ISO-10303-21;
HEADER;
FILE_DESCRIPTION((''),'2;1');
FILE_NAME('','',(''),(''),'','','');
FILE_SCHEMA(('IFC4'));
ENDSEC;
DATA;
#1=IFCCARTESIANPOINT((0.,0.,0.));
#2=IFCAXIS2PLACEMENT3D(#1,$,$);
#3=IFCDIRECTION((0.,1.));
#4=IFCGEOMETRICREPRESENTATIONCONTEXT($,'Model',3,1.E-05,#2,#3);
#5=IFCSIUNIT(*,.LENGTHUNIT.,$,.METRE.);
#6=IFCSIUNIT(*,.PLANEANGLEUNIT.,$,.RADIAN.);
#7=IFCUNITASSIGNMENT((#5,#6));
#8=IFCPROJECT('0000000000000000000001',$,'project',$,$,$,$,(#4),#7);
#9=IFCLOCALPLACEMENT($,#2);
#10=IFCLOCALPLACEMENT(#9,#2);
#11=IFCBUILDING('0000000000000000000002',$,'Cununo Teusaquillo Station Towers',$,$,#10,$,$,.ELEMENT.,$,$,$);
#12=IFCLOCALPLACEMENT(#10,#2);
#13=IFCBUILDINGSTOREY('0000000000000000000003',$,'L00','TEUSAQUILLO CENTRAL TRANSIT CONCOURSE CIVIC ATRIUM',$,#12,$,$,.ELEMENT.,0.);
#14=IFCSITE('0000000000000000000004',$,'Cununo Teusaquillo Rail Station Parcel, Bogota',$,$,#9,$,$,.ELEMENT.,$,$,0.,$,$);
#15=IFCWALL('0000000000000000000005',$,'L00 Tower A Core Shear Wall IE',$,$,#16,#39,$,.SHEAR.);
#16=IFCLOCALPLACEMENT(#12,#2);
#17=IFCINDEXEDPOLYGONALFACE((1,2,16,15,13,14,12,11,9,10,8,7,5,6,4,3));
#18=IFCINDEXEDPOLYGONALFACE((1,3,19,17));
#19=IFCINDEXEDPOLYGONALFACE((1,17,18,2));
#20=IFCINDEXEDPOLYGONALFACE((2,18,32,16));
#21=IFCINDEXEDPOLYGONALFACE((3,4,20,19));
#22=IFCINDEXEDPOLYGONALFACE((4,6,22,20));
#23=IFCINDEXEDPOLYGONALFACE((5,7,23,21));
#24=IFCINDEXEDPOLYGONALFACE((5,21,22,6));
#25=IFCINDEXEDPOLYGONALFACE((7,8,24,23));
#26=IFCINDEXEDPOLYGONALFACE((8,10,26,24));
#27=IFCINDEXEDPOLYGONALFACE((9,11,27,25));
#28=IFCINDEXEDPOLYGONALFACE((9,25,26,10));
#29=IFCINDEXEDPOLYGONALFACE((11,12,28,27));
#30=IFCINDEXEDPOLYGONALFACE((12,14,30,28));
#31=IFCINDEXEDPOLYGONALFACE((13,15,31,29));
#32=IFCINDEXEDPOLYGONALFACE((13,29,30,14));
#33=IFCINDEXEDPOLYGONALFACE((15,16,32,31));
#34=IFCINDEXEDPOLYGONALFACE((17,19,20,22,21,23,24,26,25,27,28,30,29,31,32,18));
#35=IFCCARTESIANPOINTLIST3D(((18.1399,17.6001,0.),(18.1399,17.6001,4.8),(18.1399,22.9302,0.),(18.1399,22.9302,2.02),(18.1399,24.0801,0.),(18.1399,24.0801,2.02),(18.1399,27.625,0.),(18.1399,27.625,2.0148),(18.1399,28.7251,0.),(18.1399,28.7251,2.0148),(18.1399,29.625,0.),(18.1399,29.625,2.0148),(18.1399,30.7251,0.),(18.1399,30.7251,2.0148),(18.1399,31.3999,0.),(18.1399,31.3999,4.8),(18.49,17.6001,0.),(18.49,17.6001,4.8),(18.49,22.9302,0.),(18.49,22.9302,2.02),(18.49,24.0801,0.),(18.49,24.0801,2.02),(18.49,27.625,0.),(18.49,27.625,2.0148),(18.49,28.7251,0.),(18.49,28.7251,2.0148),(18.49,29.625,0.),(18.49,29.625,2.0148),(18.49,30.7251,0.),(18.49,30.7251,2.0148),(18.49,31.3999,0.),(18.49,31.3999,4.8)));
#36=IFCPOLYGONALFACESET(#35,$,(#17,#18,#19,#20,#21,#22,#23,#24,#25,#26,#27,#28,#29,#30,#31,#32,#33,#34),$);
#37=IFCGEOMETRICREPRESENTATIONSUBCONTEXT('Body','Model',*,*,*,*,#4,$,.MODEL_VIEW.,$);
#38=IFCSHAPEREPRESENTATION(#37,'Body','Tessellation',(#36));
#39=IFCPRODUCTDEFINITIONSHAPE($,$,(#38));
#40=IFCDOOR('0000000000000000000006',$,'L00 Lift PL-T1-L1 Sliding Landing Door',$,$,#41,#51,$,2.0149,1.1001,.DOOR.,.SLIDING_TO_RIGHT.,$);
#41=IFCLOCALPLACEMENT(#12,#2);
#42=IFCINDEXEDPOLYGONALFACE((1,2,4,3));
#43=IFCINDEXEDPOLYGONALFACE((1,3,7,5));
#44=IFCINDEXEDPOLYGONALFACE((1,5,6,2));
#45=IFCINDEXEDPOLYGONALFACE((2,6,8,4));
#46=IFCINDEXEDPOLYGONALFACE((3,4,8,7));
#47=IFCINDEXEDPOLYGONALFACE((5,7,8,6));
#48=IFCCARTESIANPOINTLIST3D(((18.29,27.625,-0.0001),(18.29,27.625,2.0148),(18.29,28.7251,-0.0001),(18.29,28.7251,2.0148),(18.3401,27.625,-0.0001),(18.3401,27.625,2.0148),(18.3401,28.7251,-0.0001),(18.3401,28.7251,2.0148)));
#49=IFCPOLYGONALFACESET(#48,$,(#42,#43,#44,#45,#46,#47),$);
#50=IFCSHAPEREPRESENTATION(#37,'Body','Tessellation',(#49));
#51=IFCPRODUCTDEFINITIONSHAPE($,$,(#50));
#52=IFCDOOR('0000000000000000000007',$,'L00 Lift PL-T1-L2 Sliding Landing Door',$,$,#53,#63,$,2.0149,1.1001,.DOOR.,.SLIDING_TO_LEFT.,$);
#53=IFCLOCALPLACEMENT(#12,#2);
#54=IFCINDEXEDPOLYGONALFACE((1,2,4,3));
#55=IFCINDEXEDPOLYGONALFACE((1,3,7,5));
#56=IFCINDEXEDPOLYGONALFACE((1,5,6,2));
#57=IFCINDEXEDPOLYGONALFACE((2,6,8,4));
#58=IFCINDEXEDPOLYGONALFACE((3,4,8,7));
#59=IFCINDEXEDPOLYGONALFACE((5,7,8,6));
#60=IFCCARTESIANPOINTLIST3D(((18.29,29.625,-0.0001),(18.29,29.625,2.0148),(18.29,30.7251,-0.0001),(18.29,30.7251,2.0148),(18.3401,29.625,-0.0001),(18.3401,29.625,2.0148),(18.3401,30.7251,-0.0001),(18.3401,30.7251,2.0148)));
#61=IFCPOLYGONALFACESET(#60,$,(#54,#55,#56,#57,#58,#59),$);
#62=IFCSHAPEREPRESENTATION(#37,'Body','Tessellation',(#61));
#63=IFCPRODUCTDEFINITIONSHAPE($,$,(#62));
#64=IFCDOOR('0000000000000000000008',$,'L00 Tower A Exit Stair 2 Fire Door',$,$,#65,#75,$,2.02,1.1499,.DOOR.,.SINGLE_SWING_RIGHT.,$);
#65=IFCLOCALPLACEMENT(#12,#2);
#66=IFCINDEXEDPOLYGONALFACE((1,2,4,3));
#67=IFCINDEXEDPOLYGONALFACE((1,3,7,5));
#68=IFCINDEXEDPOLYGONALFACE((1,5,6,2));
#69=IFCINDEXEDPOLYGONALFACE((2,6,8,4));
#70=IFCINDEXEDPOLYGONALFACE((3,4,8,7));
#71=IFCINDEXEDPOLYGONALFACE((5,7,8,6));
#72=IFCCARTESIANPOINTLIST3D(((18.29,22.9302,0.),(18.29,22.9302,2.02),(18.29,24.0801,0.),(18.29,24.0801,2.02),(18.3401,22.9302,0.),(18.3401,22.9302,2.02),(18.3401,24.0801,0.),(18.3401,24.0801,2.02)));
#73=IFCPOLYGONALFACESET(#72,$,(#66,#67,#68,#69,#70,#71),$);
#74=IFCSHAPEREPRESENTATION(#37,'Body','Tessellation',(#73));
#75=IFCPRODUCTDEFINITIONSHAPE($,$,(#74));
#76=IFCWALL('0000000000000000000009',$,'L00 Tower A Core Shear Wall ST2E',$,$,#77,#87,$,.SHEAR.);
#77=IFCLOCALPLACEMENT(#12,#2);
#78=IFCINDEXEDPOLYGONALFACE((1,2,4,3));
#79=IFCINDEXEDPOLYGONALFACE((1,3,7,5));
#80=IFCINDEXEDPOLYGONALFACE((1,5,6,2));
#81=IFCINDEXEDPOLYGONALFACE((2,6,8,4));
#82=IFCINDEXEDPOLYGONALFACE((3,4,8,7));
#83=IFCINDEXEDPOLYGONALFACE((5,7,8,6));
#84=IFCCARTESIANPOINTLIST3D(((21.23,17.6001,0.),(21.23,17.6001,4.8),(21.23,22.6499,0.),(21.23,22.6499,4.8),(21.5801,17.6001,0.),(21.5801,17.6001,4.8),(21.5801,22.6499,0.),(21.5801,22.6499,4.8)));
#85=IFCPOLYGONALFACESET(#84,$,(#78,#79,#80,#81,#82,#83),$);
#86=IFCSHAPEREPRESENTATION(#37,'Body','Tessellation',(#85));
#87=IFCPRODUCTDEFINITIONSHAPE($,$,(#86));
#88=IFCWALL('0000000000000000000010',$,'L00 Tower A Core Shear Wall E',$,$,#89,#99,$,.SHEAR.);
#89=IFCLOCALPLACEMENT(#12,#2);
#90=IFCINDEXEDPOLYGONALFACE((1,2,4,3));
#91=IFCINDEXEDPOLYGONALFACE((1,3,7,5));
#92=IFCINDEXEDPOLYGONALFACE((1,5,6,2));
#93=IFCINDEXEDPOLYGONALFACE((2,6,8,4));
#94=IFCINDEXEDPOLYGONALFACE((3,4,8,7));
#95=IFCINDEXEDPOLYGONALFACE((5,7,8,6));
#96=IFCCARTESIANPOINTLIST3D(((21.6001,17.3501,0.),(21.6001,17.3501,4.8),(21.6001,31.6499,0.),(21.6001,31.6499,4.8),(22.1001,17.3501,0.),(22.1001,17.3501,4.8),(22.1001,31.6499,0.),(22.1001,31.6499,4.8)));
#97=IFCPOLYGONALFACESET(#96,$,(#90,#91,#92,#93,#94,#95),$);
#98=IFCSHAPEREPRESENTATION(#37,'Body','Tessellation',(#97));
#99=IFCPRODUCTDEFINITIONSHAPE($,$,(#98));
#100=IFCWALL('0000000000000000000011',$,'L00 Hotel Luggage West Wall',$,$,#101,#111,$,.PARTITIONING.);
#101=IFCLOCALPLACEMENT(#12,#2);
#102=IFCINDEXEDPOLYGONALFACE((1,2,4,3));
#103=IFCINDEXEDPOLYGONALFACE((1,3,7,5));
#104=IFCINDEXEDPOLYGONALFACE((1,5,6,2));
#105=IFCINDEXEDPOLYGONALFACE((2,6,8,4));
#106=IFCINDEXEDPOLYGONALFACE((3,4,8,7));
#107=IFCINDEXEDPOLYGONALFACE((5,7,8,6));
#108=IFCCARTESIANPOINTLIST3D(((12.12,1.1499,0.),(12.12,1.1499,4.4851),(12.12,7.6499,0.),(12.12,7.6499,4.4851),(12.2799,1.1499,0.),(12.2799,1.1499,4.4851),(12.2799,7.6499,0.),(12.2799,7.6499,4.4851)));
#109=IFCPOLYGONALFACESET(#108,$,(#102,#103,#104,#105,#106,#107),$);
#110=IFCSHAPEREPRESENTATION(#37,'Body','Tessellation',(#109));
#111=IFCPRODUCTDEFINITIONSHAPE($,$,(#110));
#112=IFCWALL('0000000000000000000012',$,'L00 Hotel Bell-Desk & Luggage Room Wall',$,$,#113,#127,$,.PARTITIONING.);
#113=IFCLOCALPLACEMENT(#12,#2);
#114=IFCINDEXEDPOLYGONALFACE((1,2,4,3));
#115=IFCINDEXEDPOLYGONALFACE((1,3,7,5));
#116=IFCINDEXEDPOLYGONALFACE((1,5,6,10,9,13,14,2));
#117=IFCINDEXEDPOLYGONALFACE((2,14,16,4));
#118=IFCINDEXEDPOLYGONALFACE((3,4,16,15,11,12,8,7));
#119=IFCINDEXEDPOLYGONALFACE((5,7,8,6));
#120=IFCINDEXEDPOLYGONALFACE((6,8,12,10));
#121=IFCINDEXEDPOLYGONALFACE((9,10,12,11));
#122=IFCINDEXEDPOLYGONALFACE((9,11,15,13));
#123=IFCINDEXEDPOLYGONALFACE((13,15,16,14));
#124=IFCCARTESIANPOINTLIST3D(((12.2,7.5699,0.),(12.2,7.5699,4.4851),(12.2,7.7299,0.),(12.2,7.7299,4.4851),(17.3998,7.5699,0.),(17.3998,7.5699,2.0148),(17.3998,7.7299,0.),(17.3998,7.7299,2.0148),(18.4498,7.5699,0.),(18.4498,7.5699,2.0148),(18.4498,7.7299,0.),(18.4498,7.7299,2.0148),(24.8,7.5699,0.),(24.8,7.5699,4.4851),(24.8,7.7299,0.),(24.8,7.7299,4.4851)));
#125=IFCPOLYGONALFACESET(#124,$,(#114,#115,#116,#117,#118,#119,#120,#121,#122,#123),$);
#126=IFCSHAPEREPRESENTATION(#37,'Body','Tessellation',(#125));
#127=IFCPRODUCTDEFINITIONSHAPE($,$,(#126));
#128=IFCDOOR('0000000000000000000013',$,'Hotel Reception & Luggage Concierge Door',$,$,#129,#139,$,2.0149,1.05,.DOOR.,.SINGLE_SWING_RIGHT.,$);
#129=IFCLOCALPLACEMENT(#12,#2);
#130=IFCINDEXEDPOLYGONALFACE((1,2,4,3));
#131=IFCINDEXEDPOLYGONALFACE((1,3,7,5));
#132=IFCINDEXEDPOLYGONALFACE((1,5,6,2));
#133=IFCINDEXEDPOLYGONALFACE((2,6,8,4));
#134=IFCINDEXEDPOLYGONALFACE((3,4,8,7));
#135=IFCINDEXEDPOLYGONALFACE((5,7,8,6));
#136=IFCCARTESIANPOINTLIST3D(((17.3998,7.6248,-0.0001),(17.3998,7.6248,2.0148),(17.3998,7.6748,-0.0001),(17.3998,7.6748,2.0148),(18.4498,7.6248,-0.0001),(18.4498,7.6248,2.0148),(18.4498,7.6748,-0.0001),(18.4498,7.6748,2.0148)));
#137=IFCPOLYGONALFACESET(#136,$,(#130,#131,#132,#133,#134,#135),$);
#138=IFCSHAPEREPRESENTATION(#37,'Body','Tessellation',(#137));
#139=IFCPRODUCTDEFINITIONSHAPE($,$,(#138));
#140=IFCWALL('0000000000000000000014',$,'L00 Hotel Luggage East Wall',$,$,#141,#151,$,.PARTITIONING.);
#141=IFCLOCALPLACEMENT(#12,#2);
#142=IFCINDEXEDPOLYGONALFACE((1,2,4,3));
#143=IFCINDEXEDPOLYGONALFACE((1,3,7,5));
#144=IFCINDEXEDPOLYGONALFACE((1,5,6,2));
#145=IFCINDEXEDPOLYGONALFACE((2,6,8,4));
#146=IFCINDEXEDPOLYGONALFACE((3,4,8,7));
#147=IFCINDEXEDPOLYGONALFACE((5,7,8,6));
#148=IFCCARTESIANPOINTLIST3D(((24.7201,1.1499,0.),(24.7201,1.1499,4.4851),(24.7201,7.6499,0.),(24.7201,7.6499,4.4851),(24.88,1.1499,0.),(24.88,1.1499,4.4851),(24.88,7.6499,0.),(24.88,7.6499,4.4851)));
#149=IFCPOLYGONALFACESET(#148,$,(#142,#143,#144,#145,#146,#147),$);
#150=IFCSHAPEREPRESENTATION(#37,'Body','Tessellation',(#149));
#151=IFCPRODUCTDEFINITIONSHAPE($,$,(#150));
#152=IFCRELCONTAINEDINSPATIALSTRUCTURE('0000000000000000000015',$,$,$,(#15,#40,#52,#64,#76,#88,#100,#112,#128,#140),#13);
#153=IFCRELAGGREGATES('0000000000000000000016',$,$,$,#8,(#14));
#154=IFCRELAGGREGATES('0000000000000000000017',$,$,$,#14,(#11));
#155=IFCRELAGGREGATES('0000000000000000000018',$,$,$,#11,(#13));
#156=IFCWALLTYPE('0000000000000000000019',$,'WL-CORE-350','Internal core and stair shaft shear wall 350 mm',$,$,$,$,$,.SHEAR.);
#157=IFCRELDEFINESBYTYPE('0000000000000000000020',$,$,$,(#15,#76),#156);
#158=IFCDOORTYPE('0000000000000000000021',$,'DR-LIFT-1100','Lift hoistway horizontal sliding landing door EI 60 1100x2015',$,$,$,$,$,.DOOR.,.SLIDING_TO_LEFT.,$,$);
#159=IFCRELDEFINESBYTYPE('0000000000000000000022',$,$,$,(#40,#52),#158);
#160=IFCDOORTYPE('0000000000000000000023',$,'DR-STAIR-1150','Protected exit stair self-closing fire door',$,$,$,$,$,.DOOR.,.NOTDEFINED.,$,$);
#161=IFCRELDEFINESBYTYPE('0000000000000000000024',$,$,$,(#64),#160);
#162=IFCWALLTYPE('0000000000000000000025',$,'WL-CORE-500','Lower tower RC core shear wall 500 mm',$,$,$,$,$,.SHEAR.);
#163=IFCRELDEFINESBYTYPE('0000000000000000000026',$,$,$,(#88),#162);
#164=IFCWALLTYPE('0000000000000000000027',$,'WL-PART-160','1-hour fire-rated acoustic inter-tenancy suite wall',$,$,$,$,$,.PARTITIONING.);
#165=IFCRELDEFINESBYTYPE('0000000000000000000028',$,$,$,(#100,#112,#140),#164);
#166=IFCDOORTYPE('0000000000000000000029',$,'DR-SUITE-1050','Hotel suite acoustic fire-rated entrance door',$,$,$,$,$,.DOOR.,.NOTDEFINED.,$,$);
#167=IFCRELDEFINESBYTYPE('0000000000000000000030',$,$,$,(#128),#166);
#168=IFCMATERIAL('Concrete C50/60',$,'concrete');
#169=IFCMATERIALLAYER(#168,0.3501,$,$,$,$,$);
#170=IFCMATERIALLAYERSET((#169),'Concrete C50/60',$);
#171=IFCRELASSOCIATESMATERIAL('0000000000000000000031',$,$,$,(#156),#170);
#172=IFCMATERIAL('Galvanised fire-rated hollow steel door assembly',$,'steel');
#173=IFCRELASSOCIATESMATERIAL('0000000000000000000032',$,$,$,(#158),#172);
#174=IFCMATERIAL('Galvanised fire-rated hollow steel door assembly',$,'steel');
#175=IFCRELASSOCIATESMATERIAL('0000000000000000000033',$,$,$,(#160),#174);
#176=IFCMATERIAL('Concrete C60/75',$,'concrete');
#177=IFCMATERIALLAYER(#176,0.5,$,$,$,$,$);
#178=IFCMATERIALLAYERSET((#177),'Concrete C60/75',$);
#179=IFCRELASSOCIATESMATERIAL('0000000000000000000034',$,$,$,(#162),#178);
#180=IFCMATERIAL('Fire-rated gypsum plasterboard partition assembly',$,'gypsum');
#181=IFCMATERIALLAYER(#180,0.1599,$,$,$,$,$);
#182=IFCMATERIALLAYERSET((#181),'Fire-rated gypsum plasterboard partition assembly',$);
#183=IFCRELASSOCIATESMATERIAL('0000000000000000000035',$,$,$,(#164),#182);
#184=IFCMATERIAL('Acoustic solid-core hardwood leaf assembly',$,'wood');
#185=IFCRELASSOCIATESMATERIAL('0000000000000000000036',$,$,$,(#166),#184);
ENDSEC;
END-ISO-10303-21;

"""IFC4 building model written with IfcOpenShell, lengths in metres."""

from ifc_helpers import new_model, si_unit, direction, frame, frame_2d, origin, place, context, subcontext, project, spatial, rectangle, extrude, source, transform, mapped, material, layer, layer_set, type_object, element, fill, save


model = new_model("IFC4")

# Units and contexts
model_context = context("Model", 3, precision=1e-05, world=origin(), true_north=direction((0.0, 1.0)))
body_context = subcontext(model_context, "Body", "Model", "MODEL_VIEW")
ifc_project = project(units=[si_unit("LENGTHUNIT", "METRE"), si_unit("PLANEANGLEUNIT", "RADIAN")], contexts=[model_context])

# Site, building, storey
site_placement = place(None, origin())
site = spatial("IfcSite", under=ifc_project, at=site_placement, Name="Cununo Teusaquillo Rail Station Parcel, Bogota", CompositionType="ELEMENT", RefElevation=0.0)
building_placement = place(site_placement, origin())
building = spatial("IfcBuilding", under=site, at=building_placement, Name="Cununo Teusaquillo Station Towers", CompositionType="ELEMENT")
storey_placement = place(building_placement, origin())
storey = spatial("IfcBuildingStorey", under=building, at=storey_placement, Name="L00", Description="TEUSAQUILLO CENTRAL TRANSIT CONCOURSE CIVIC ATRIUM", CompositionType="ELEMENT", Elevation=0.0)

# Wall, openings, doors
ifc_material_1 = material(Name="Concrete C50/60", Category="concrete")
ifc_layer_1 = layer(ifc_material_1, 0.3501)
ifc_layer_set_1 = layer_set([ifc_layer_1], Name="Concrete C50/60")
wall_type_1 = type_object("IfcWallType", Name="WL-CORE-350", Description="Internal core and stair shaft shear wall 350 mm", PredefinedType="SHEAR", material=ifc_layer_set_1)
shared_shape_1 = source(origin(), body_context, "Body", "SweptSolid", [
    extrude(rectangle(XDim=1.1001, YDim=2.0149, at=frame_2d((0.55, 1.0073))), frame((0.0, 0.1851, 0.0), z_axis=(0.0, -1.0, 0.0), x_axis=(1.0, 0.0, 0.0)), (0.0, 0.0, 1.0), 0.3701),
])
shared_shape_2 = source(origin(), body_context, "Body", "SweptSolid", [
    extrude(rectangle(XDim=1.1499, YDim=2.02, at=frame_2d((0.575, 1.01))), frame((0.0, 0.1851, 0.0), z_axis=(0.0, -1.0, 0.0), x_axis=(1.0, 0.0, 0.0)), (0.0, 0.0, 1.0), 0.3701),
])
ifc_material_2 = material(Name="Galvanised fire-rated hollow steel door assembly", Category="steel")
door_type_1 = type_object("IfcDoorType", Name="DR-LIFT-1100", Description="Lift hoistway horizontal sliding landing door EI 60 1100x2015", OperationType="SLIDING_TO_LEFT", PredefinedType="DOOR", material=ifc_material_2)
shared_shape_3 = source(origin(), body_context, "Body", "SweptSolid", [
    extrude(rectangle(XDim=1.1001, YDim=2.0149, at=frame_2d((0.55, 1.0073))), frame((0.0, 0.0249, 0.0), z_axis=(0.0, -1.0, 0.0), x_axis=(1.0, 0.0, 0.0)), (0.0, 0.0, 1.0), 0.05),
])
ifc_material_3 = material(Name="Galvanised fire-rated hollow steel door assembly", Category="steel")
door_type_2 = type_object("IfcDoorType", Name="DR-STAIR-1150", Description="Protected exit stair self-closing fire door", OperationType="NOTDEFINED", PredefinedType="DOOR", material=ifc_material_3)
shared_shape_4 = source(origin(), body_context, "Body", "SweptSolid", [
    extrude(rectangle(XDim=1.1499, YDim=2.02, at=frame_2d((0.575, 1.01))), frame((0.0, 0.0249, 0.0), z_axis=(0.0, -1.0, 0.0), x_axis=(1.0, 0.0, 0.0)), (0.0, 0.0, 1.0), 0.05),
])
wall_1_placement = place(storey_placement, frame((18.3149, 17.6001, 0.0), z_axis=(0.0, 0.0, 1.0), x_axis=(0.0, 1.0, 0.0)))
wall_1 = element("IfcWall", 1, at=wall_1_placement, inside=storey, type_object=wall_type_1, Name="L00 Tower A Core Shear Wall IE", PredefinedType="SHEAR", context=body_context, shape_type="SweptSolid", body=[
    extrude(rectangle(XDim=13.7998, YDim=0.3501, at=frame_2d((6.8999, 0.0))), origin(), (0.0, 0.0, 1.0), 4.8),
])
opening_1_placement = place(wall_1_placement, frame((10.0249, 0.0, 0.0)))
opening_1 = element("IfcOpeningElement", 2, at=opening_1_placement, cuts=wall_1, PredefinedType="OPENING", context=body_context, shape_type="MappedRepresentation", body=[
    mapped(shared_shape_1, transform((0.0, 0.0, 0.0), x_axis=(1.0, 0.0, 0.0), y_axis=(0.0, 1.0, 0.0), z_axis=(0.0, 0.0, 1.0), scale=1.0)),
])
opening_2_placement = place(wall_1_placement, frame((12.0249, 0.0, 0.0)))
opening_2 = element("IfcOpeningElement", 3, at=opening_2_placement, cuts=wall_1, PredefinedType="OPENING", context=body_context, shape_type="MappedRepresentation", body=[
    mapped(shared_shape_1, transform((0.0, 0.0, 0.0), x_axis=(1.0, 0.0, 0.0), y_axis=(0.0, 1.0, 0.0), z_axis=(0.0, 0.0, 1.0), scale=1.0)),
])
opening_3_placement = place(wall_1_placement, frame((5.3301, 0.0, 0.0)))
opening_3 = element("IfcOpeningElement", 4, at=opening_3_placement, cuts=wall_1, PredefinedType="OPENING", context=body_context, shape_type="MappedRepresentation", body=[
    mapped(shared_shape_2, transform((0.0, 0.0, 0.0), x_axis=(1.0, 0.0, 0.0), y_axis=(0.0, 1.0, 0.0), z_axis=(0.0, 0.0, 1.0), scale=1.0)),
])
door_1_placement = place(opening_1_placement, origin())
door_1 = element("IfcDoor", 5, at=door_1_placement, inside=storey, type_object=door_type_1, Name="L00 Lift PL-T1-L1 Sliding Landing Door", OperationType="SLIDING_TO_RIGHT", OverallHeight=2.0149, OverallWidth=1.1001, PredefinedType="DOOR", context=body_context, shape_type="MappedRepresentation", body=[
    mapped(shared_shape_3, transform((0.0, 0.0, 0.0), x_axis=(1.0, 0.0, 0.0), y_axis=(0.0, 1.0, 0.0), z_axis=(0.0, 0.0, 1.0), scale=1.0)),
])
fill(opening_1, door_1)
door_2_placement = place(opening_2_placement, origin())
door_2 = element("IfcDoor", 6, at=door_2_placement, inside=storey, type_object=door_type_1, Name="L00 Lift PL-T1-L2 Sliding Landing Door", OperationType="SLIDING_TO_LEFT", OverallHeight=2.0149, OverallWidth=1.1001, PredefinedType="DOOR", context=body_context, shape_type="MappedRepresentation", body=[
    mapped(shared_shape_3, transform((0.0, 0.0, 0.0), x_axis=(1.0, 0.0, 0.0), y_axis=(0.0, 1.0, 0.0), z_axis=(0.0, 0.0, 1.0), scale=1.0)),
])
fill(opening_2, door_2)
door_3_placement = place(opening_3_placement, origin())
door_3 = element("IfcDoor", 7, at=door_3_placement, inside=storey, type_object=door_type_2, Name="L00 Tower A Exit Stair 2 Fire Door", OperationType="SINGLE_SWING_RIGHT", OverallHeight=2.02, OverallWidth=1.1499, PredefinedType="DOOR", context=body_context, shape_type="MappedRepresentation", body=[
    mapped(shared_shape_4, transform((0.0, 0.0, 0.0), x_axis=(1.0, 0.0, 0.0), y_axis=(0.0, 1.0, 0.0), z_axis=(0.0, 0.0, 1.0), scale=1.0)),
])
fill(opening_3, door_3)

# Walls
wall_2_placement = place(storey_placement, frame((21.405, 17.6001, 0.0), z_axis=(0.0, 0.0, 1.0), x_axis=(0.0, 1.0, 0.0)))
element("IfcWall", 8, at=wall_2_placement, inside=storey, type_object=wall_type_1, Name="L00 Tower A Core Shear Wall ST2E", PredefinedType="SHEAR", context=body_context, shape_type="SweptSolid", body=[
    extrude(rectangle(XDim=5.0498, YDim=0.3501, at=frame_2d((2.5249, 0.0))), origin(), (0.0, 0.0, 1.0), 4.8),
])
ifc_material_4 = material(Name="Concrete C60/75", Category="concrete")
ifc_layer_2 = layer(ifc_material_4, 0.5)
ifc_layer_set_2 = layer_set([ifc_layer_2], Name="Concrete C60/75")
wall_type_2 = type_object("IfcWallType", Name="WL-CORE-500", Description="Lower tower RC core shear wall 500 mm", PredefinedType="SHEAR", material=ifc_layer_set_2)
wall_3_placement = place(storey_placement, frame((21.8501, 17.3501, 0.0), z_axis=(0.0, 0.0, 1.0), x_axis=(0.0, 1.0, 0.0)))
element("IfcWall", 9, at=wall_3_placement, inside=storey, type_object=wall_type_2, Name="L00 Tower A Core Shear Wall E", PredefinedType="SHEAR", context=body_context, shape_type="SweptSolid", body=[
    extrude(rectangle(XDim=14.2998, YDim=0.5, at=frame_2d((7.1499, 0.0))), origin(), (0.0, 0.0, 1.0), 4.8),
])
ifc_material_5 = material(Name="Fire-rated gypsum plasterboard partition assembly", Category="gypsum")
ifc_layer_3 = layer(ifc_material_5, 0.1599)
ifc_layer_set_3 = layer_set([ifc_layer_3], Name="Fire-rated gypsum plasterboard partition assembly")
wall_type_3 = type_object("IfcWallType", Name="WL-PART-160", Description="1-hour fire-rated acoustic inter-tenancy suite wall", PredefinedType="PARTITIONING", material=ifc_layer_set_3)
wall_4_placement = place(storey_placement, frame((12.2, 1.1499, 0.0), z_axis=(0.0, 0.0, 1.0), x_axis=(0.0, 1.0, 0.0)))
element("IfcWall", 10, at=wall_4_placement, inside=storey, type_object=wall_type_3, Name="L00 Hotel Luggage West Wall", PredefinedType="PARTITIONING", context=body_context, shape_type="SweptSolid", body=[
    extrude(rectangle(XDim=6.5, YDim=0.1599, at=frame_2d((3.25, 0.0))), origin(), (0.0, 0.0, 1.0), 4.4851),
])

# Wall, opening, door
wall_5_placement = place(storey_placement, frame((12.2, 7.6499, 0.0), z_axis=(0.0, 0.0, 1.0), x_axis=(1.0, 0.0, 0.0)))
wall_5 = element("IfcWall", 11, at=wall_5_placement, inside=storey, type_object=wall_type_3, Name="L00 Hotel Bell-Desk & Luggage Room Wall", PredefinedType="PARTITIONING", context=body_context, shape_type="SweptSolid", body=[
    extrude(rectangle(XDim=12.6001, YDim=0.1599, at=frame_2d((6.3, 0.0))), origin(), (0.0, 0.0, 1.0), 4.4851),
])
shared_shape_5 = source(origin(), body_context, "Body", "SweptSolid", [
    extrude(rectangle(XDim=1.05, YDim=2.0149, at=frame_2d((0.5249, 1.0073))), frame((0.0, 0.0898, 0.0), z_axis=(0.0, -1.0, 0.0), x_axis=(1.0, 0.0, 0.0)), (0.0, 0.0, 1.0), 0.1799),
])
opening_4_placement = place(wall_5_placement, frame((5.2, 0.0, 0.0)))
opening_4 = element("IfcOpeningElement", 12, at=opening_4_placement, cuts=wall_5, PredefinedType="OPENING", context=body_context, shape_type="MappedRepresentation", body=[
    mapped(shared_shape_5, transform((0.0, 0.0, 0.0), x_axis=(1.0, 0.0, 0.0), y_axis=(0.0, 1.0, 0.0), z_axis=(0.0, 0.0, 1.0), scale=1.0)),
])
ifc_material_6 = material(Name="Acoustic solid-core hardwood leaf assembly", Category="wood")
door_type_3 = type_object("IfcDoorType", Name="DR-SUITE-1050", Description="Hotel suite acoustic fire-rated entrance door", OperationType="NOTDEFINED", PredefinedType="DOOR", material=ifc_material_6)
shared_shape_6 = source(origin(), body_context, "Body", "SweptSolid", [
    extrude(rectangle(XDim=1.05, YDim=2.0149, at=frame_2d((0.5249, 1.0073))), frame((0.0, 0.0249, 0.0), z_axis=(0.0, -1.0, 0.0), x_axis=(1.0, 0.0, 0.0)), (0.0, 0.0, 1.0), 0.05),
])
door_4_placement = place(opening_4_placement, origin())
door_4 = element("IfcDoor", 13, at=door_4_placement, inside=storey, type_object=door_type_3, Name="Hotel Reception & Luggage Concierge Door", OperationType="SINGLE_SWING_RIGHT", OverallHeight=2.0149, OverallWidth=1.05, PredefinedType="DOOR", context=body_context, shape_type="MappedRepresentation", body=[
    mapped(shared_shape_6, transform((0.0, 0.0, 0.0), x_axis=(1.0, 0.0, 0.0), y_axis=(0.0, 1.0, 0.0), z_axis=(0.0, 0.0, 1.0), scale=1.0)),
])
fill(opening_4, door_4)

# Wall
wall_6_placement = place(storey_placement, frame((24.8, 1.1499, 0.0), z_axis=(0.0, 0.0, 1.0), x_axis=(0.0, 1.0, 0.0)))
element("IfcWall", 14, at=wall_6_placement, inside=storey, type_object=wall_type_3, Name="L00 Hotel Luggage East Wall", PredefinedType="PARTITIONING", context=body_context, shape_type="SweptSolid", body=[
    extrude(rectangle(XDim=6.5, YDim=0.1599, at=frame_2d((3.25, 0.0))), origin(), (0.0, 0.0, 1.0), 4.4851),
])

save(model, "model.ifc")
